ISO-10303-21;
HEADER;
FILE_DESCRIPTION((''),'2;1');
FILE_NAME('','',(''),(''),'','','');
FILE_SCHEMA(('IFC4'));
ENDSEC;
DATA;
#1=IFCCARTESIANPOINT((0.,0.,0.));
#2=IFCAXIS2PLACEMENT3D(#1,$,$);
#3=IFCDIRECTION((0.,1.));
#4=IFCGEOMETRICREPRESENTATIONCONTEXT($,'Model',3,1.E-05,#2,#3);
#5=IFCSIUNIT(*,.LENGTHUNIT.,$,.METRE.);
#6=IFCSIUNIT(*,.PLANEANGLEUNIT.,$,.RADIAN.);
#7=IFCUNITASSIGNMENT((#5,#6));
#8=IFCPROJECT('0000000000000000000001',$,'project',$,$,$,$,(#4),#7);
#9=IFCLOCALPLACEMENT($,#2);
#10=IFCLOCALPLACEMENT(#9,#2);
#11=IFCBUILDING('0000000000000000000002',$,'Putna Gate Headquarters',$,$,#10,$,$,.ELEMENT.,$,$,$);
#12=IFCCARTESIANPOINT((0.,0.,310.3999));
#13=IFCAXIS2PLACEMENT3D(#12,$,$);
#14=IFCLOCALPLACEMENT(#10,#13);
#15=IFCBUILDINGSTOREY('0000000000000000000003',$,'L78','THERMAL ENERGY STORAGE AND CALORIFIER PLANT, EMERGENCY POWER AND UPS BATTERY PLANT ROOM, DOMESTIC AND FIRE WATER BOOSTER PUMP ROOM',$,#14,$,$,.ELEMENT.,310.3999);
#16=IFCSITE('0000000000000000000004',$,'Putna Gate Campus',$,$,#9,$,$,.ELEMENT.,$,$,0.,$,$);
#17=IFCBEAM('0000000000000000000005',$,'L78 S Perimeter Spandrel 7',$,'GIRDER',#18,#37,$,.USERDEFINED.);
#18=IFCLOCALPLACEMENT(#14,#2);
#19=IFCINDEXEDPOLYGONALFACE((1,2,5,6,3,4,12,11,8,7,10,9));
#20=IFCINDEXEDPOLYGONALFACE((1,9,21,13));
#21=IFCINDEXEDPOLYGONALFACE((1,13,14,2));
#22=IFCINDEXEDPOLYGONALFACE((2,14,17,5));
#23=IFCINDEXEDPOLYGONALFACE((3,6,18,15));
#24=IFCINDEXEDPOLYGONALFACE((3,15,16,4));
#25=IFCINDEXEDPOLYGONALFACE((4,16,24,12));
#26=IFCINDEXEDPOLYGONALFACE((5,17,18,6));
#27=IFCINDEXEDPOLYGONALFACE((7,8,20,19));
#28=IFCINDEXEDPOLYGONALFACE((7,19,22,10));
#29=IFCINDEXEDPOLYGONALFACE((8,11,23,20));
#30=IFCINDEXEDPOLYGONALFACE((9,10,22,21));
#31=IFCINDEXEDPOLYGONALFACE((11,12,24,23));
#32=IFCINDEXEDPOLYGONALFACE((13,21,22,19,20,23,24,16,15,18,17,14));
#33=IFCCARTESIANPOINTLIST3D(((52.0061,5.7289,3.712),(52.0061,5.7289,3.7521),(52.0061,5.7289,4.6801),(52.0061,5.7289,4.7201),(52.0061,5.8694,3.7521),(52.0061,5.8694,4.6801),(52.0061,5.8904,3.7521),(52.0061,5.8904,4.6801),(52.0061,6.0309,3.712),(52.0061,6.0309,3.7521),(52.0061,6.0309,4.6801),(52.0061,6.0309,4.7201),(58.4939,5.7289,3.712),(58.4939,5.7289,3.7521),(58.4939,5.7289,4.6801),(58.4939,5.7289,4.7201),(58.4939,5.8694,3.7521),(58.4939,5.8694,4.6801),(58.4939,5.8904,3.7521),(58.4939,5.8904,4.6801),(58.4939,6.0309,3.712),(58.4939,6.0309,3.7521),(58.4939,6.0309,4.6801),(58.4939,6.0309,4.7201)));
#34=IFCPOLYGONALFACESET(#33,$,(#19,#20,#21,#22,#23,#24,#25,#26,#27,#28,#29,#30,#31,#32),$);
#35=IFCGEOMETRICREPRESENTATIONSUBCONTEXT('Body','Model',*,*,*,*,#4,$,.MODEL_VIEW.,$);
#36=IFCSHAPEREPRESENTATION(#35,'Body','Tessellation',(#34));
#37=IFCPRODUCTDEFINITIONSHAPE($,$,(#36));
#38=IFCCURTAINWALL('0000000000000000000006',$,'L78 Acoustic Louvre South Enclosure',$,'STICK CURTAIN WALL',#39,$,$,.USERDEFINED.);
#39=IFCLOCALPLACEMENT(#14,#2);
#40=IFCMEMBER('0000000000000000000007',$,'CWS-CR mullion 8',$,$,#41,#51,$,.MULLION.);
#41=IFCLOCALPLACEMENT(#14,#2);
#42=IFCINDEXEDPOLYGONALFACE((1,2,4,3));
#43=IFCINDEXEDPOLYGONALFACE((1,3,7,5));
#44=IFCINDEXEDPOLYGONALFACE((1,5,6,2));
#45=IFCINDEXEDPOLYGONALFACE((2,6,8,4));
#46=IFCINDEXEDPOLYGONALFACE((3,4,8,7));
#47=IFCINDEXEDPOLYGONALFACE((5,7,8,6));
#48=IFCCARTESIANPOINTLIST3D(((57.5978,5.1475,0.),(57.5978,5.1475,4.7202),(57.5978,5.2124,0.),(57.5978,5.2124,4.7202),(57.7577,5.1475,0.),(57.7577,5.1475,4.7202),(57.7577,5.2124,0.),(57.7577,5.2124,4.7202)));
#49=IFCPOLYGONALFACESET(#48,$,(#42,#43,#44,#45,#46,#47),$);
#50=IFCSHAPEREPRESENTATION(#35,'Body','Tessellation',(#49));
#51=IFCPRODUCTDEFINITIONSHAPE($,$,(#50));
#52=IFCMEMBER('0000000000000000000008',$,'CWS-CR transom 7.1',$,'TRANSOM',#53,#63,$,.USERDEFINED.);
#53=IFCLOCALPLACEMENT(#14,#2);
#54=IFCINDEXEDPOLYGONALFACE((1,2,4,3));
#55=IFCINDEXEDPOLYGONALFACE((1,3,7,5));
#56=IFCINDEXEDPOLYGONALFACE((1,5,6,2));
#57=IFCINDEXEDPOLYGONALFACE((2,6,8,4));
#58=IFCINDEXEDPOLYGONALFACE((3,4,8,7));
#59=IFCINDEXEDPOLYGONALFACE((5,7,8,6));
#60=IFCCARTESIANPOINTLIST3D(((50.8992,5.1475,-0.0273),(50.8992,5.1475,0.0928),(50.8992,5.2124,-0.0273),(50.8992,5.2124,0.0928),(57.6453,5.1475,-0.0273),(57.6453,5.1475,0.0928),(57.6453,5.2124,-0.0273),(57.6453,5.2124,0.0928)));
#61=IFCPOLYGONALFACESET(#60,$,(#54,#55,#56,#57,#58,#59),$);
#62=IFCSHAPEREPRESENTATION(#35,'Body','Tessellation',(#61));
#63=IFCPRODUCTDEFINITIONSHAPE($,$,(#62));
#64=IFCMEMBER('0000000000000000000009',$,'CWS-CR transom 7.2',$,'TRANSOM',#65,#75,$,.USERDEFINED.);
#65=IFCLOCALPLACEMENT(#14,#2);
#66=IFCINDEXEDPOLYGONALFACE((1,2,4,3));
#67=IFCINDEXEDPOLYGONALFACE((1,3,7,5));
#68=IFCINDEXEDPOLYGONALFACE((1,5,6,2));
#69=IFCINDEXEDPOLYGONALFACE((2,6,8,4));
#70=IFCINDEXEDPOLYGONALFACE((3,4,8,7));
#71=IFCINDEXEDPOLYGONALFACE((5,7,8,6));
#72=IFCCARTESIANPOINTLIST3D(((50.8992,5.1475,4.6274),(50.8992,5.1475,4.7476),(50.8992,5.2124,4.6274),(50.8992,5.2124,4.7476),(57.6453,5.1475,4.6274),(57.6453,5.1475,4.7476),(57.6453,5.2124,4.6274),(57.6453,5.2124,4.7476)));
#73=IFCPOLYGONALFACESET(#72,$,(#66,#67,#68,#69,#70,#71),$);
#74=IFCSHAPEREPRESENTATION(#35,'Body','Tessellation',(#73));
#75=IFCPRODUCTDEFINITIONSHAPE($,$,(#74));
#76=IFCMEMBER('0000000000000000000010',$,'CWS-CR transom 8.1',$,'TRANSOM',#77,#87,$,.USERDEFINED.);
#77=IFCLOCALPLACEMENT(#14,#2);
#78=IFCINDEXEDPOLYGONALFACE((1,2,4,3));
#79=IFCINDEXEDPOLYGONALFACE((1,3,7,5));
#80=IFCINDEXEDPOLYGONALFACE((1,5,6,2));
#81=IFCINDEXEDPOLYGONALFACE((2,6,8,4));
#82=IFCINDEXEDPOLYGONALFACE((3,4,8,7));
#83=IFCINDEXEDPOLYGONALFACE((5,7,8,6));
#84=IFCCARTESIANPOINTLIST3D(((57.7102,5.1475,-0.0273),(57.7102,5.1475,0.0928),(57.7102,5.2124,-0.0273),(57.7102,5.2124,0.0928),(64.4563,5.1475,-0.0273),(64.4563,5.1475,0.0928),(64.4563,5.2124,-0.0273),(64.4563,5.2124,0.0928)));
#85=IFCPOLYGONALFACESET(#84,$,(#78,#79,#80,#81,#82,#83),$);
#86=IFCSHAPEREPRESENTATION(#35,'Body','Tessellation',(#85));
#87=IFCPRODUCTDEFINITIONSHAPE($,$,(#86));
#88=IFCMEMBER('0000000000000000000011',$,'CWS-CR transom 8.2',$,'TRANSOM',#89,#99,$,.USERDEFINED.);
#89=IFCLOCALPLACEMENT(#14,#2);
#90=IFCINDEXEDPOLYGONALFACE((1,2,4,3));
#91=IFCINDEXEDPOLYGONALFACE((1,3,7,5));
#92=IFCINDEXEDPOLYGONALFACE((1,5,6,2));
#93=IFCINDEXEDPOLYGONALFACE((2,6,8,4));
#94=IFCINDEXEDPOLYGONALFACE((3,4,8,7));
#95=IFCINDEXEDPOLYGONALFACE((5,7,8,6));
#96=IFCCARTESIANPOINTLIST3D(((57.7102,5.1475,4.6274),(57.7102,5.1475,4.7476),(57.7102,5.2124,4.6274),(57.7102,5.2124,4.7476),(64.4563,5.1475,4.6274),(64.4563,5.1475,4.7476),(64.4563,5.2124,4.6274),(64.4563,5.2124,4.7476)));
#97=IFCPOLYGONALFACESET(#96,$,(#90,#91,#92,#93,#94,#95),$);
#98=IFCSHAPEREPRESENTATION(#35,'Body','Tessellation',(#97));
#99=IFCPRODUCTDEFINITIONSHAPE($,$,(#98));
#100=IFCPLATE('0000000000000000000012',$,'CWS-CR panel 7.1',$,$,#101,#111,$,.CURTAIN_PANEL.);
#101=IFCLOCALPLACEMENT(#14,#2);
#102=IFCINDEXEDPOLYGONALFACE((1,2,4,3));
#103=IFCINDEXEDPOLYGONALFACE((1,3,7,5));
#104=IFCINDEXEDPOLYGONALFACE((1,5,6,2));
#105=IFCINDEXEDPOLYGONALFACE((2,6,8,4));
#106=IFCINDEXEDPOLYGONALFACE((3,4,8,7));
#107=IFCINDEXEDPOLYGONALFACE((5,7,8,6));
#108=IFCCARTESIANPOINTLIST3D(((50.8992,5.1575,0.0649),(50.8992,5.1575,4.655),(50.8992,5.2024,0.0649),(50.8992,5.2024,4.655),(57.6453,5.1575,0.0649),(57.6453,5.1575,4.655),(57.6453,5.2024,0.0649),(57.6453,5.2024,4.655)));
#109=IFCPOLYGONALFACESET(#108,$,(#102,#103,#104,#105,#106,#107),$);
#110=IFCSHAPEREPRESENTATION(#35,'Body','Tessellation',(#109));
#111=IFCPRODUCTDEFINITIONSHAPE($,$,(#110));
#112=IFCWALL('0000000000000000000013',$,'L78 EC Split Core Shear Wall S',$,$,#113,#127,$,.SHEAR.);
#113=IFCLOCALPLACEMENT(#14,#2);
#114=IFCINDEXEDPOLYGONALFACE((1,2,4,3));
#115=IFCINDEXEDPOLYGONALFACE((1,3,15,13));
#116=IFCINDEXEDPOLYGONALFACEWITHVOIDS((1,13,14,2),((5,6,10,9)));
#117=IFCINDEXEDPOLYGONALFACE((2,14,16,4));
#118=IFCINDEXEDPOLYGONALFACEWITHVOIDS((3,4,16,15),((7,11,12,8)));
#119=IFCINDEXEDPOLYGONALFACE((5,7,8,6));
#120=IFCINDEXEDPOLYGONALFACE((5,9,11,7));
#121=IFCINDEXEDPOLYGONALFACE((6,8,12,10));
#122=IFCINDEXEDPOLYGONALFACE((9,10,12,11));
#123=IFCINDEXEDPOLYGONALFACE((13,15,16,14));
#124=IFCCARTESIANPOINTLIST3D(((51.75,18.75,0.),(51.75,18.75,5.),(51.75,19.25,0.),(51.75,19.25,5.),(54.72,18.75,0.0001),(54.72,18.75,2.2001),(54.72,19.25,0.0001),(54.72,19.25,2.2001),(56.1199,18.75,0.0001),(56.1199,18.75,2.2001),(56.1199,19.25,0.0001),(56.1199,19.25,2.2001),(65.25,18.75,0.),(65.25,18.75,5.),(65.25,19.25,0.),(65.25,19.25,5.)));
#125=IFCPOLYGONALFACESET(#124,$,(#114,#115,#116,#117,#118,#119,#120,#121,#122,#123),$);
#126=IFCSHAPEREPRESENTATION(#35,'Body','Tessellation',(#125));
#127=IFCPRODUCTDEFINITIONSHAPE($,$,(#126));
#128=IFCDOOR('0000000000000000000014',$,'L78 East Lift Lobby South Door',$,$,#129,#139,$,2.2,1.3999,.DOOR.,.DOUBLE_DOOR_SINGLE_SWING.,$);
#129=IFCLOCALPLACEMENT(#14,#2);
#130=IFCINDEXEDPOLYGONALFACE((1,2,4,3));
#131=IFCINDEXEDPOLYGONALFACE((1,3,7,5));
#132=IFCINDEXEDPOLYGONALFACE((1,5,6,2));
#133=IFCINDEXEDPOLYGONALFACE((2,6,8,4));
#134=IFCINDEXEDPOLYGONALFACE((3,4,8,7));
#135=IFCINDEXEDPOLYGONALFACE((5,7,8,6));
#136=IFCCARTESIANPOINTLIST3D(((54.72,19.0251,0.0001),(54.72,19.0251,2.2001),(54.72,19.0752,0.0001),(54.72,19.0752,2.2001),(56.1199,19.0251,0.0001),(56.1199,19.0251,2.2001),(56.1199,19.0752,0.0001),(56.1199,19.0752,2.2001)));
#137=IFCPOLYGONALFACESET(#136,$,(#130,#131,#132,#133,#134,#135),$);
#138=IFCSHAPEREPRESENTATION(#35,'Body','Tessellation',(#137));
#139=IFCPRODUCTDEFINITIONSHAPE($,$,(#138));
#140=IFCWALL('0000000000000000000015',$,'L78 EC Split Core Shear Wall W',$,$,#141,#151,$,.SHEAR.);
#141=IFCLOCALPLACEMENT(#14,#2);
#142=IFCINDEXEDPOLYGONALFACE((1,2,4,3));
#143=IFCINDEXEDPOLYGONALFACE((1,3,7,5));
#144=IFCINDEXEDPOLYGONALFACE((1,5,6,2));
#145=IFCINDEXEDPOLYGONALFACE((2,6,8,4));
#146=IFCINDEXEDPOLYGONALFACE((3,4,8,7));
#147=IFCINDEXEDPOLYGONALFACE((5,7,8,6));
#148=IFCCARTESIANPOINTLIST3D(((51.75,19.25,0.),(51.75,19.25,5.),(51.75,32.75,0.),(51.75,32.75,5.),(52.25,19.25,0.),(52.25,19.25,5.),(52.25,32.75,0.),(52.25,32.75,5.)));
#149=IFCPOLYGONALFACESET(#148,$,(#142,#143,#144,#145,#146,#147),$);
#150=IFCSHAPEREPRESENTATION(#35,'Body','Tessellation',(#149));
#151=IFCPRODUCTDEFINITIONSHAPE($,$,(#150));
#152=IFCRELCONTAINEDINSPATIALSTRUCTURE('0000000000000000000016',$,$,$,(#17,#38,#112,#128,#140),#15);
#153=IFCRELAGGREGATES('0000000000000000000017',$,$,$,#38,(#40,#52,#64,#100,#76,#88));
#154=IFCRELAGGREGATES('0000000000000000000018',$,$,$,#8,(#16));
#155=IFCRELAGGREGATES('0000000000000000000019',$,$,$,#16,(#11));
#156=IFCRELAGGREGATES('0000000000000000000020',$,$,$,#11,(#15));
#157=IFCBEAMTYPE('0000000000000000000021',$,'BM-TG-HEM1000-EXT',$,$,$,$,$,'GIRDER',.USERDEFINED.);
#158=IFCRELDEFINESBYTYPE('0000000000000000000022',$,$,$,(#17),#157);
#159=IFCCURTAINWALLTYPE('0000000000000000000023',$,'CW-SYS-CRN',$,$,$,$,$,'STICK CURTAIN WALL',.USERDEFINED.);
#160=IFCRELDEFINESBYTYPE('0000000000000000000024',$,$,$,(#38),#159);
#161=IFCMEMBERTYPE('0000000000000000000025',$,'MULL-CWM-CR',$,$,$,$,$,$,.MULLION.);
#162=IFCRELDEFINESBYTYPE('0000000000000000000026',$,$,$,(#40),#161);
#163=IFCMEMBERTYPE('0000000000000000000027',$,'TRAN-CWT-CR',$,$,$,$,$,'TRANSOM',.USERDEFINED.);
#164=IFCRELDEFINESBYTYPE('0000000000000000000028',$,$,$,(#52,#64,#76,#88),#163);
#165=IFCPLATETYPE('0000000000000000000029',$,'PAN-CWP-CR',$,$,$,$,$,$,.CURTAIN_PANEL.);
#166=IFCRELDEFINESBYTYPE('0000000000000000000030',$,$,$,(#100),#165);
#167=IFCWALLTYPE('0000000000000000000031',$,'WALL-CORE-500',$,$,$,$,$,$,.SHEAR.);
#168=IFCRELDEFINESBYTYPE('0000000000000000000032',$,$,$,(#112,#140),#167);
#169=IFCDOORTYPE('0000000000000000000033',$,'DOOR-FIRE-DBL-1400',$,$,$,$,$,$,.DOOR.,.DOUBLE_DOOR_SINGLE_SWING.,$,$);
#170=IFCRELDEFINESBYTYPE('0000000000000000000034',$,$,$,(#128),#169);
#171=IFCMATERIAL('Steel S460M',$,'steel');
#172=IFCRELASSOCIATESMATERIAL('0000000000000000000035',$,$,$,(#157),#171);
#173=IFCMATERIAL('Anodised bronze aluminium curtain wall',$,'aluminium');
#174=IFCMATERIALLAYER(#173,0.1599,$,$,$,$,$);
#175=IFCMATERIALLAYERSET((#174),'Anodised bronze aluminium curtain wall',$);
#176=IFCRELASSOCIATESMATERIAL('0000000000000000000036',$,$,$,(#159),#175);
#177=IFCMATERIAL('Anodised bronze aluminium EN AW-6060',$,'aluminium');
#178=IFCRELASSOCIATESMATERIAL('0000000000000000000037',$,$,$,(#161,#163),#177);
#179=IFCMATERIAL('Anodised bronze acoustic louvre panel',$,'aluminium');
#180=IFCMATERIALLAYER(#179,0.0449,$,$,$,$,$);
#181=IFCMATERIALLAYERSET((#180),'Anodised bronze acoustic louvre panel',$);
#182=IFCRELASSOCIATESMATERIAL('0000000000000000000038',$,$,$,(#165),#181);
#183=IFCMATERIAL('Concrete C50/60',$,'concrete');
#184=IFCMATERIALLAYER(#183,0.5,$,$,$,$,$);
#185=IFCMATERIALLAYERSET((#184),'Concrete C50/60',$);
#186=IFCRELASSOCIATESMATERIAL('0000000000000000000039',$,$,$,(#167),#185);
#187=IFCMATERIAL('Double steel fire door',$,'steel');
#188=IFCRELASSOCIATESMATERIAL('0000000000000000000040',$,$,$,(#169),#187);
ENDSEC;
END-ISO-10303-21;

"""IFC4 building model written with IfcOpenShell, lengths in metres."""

from ifc_helpers import new_model, si_unit, direction, frame, frame_2d, origin, origin_2d, place, context, subcontext, project, spatial, rectangle, i_section, extrude, material, layer, layer_set, material_profile, profile_set, type_object, element, fill, aggregate, save


model = new_model("IFC4")

# Units and contexts
model_context = context("Model", 3, precision=1e-05, world=origin(), true_north=direction((0.0, 1.0)))
body_context = subcontext(model_context, "Body", "Model", "MODEL_VIEW")
ifc_project = project(units=[si_unit("LENGTHUNIT", "METRE"), si_unit("PLANEANGLEUNIT", "RADIAN")], contexts=[model_context])

# Site, building, storey
site_placement = place(None, origin())
site = spatial("IfcSite", under=ifc_project, at=site_placement, Name="Putna Gate Campus", CompositionType="ELEMENT", RefElevation=0.0)
building_placement = place(site_placement, origin())
building = spatial("IfcBuilding", under=site, at=building_placement, Name="Putna Gate Headquarters", CompositionType="ELEMENT")
storey_placement = place(building_placement, frame((0.0, 0.0, 310.3999)))
storey = spatial("IfcBuildingStorey", under=building, at=storey_placement, Name="L78", Description="THERMAL ENERGY STORAGE AND CALORIFIER PLANT, EMERGENCY POWER AND UPS BATTERY PLANT ROOM, DOMESTIC AND FIRE WATER BOOSTER PUMP ROOM", CompositionType="ELEMENT", Elevation=310.3999)

# Shared definitions
ifc_material_1 = material(Name="Steel S460M", Category="steel")

# Beam
ifc_material_profile_1 = material_profile(ifc_material_1, i_section(OverallWidth=0.302, OverallDepth=1.0081, WebThickness=0.021, FlangeThickness=0.04, at=origin_2d()), Name="Steel S460M")
ifc_profile_set_1 = profile_set([ifc_material_profile_1], Name="Steel S460M")
beam_type_1 = type_object("IfcBeamType", Name="BM-TG-HEM1000-EXT", ElementType="GIRDER", PredefinedType="USERDEFINED", material=ifc_profile_set_1)
beam_1_placement = place(storey_placement, frame((52.0061, 5.8799, 4.2161), z_axis=(1.0, 0.0, 0.0), x_axis=(0.0, 1.0, 0.0)))
element("IfcBeam", 1, at=beam_1_placement, inside=storey, type_object=beam_type_1, Name="L78 S Perimeter Spandrel 7", ObjectType="GIRDER", PredefinedType="USERDEFINED", context=body_context, shape_type="SweptSolid", body=[
    extrude(i_section(OverallWidth=0.302, OverallDepth=1.0081, WebThickness=0.021, FlangeThickness=0.04, at=origin_2d()), origin(), (0.0, 0.0, 1.0), 6.4878),
])

# Curtain wall, members, plate
ifc_material_2 = material(Name="Anodised bronze aluminium curtain wall", Category="aluminium")
ifc_layer_1 = layer(ifc_material_2, 0.1599)
ifc_layer_set_1 = layer_set([ifc_layer_1], Name="Anodised bronze aluminium curtain wall")
curtain_wall_type = type_object("IfcCurtainWallType", Name="CW-SYS-CRN", ElementType="STICK CURTAIN WALL", PredefinedType="USERDEFINED", material=ifc_layer_set_1)
curtain_wall_placement = place(storey_placement, origin())
curtain_wall = element("IfcCurtainWall", 2, at=curtain_wall_placement, inside=storey, type_object=curtain_wall_type, Name="L78 Acoustic Louvre South Enclosure", ObjectType="STICK CURTAIN WALL", PredefinedType="USERDEFINED")
ifc_material_3 = material(Name="Anodised bronze aluminium EN AW-6060", Category="aluminium")
ifc_material_profile_2 = material_profile(ifc_material_3, rectangle(XDim=0.0649, YDim=0.1599, at=origin_2d()), Name="Anodised bronze aluminium EN AW-6060")
ifc_profile_set_2 = profile_set([ifc_material_profile_2], Name="Anodised bronze aluminium EN AW-6060")
member_type_1 = type_object("IfcMemberType", Name="MULL-CWM-CR", PredefinedType="MULLION", material=ifc_profile_set_2)
member_1_placement = place(storey_placement, frame((57.6777, 5.1799, 0.0), z_axis=(0.0, 0.0, 1.0), x_axis=(0.0, 1.0, 0.0)))
member_1 = element("IfcMember", 3, at=member_1_placement, type_object=member_type_1, Name="CWS-CR mullion 8", PredefinedType="MULLION", context=body_context, shape_type="SweptSolid", body=[
    extrude(rectangle(XDim=0.0649, YDim=0.1599, at=origin_2d()), origin(), (0.0, 0.0, 1.0), 4.7202),
])
ifc_material_profile_3 = material_profile(ifc_material_3, rectangle(XDim=0.0649, YDim=0.1201, at=origin_2d()), Name="Anodised bronze aluminium EN AW-6060")
ifc_profile_set_3 = profile_set([ifc_material_profile_3], Name="Anodised bronze aluminium EN AW-6060")
member_type_2 = type_object("IfcMemberType", Name="TRAN-CWT-CR", ElementType="TRANSOM", PredefinedType="USERDEFINED", material=ifc_profile_set_3)
member_2_placement = place(storey_placement, frame((50.8992, 5.1799, 0.0327), z_axis=(1.0, 0.0, 0.0), x_axis=(0.0, 1.0, 0.0)))
member_2 = element("IfcMember", 4, at=member_2_placement, type_object=member_type_2, Name="CWS-CR transom 7.1", ObjectType="TRANSOM", PredefinedType="USERDEFINED", context=body_context, shape_type="SweptSolid", body=[
    extrude(rectangle(XDim=0.0649, YDim=0.1201, at=origin_2d()), origin(), (0.0, 0.0, 1.0), 6.7461),
])
member_3_placement = place(storey_placement, frame((50.8992, 5.1799, 4.6875), z_axis=(1.0, 0.0, 0.0), x_axis=(0.0, 1.0, 0.0)))
member_3 = element("IfcMember", 5, at=member_3_placement, type_object=member_type_2, Name="CWS-CR transom 7.2", ObjectType="TRANSOM", PredefinedType="USERDEFINED", context=body_context, shape_type="SweptSolid", body=[
    extrude(rectangle(XDim=0.0649, YDim=0.1201, at=origin_2d()), origin(), (0.0, 0.0, 1.0), 6.7461),
])
member_4_placement = place(storey_placement, frame((57.7102, 5.1799, 0.0327), z_axis=(1.0, 0.0, 0.0), x_axis=(0.0, 1.0, 0.0)))
member_4 = element("IfcMember", 6, at=member_4_placement, type_object=member_type_2, Name="CWS-CR transom 8.1", ObjectType="TRANSOM", PredefinedType="USERDEFINED", context=body_context, shape_type="SweptSolid", body=[
    extrude(rectangle(XDim=0.0649, YDim=0.1201, at=origin_2d()), origin(), (0.0, 0.0, 1.0), 6.7461),
])
member_5_placement = place(storey_placement, frame((57.7102, 5.1799, 4.6875), z_axis=(1.0, 0.0, 0.0), x_axis=(0.0, 1.0, 0.0)))
member_5 = element("IfcMember", 7, at=member_5_placement, type_object=member_type_2, Name="CWS-CR transom 8.2", ObjectType="TRANSOM", PredefinedType="USERDEFINED", context=body_context, shape_type="SweptSolid", body=[
    extrude(rectangle(XDim=0.0649, YDim=0.1201, at=origin_2d()), origin(), (0.0, 0.0, 1.0), 6.7461),
])
ifc_material_4 = material(Name="Anodised bronze acoustic louvre panel", Category="aluminium")
ifc_layer_2 = layer(ifc_material_4, 0.0449)
ifc_layer_set_2 = layer_set([ifc_layer_2], Name="Anodised bronze acoustic louvre panel")
plate_type = type_object("IfcPlateType", Name="PAN-CWP-CR", PredefinedType="CURTAIN_PANEL", material=ifc_layer_set_2)
plate_placement = place(storey_placement, frame((54.2722, 5.1799, 0.0649), z_axis=(0.0, 0.0, 1.0), x_axis=(1.0, 0.0, 0.0)))
plate = element("IfcPlate", 8, at=plate_placement, type_object=plate_type, Name="CWS-CR panel 7.1", PredefinedType="CURTAIN_PANEL", context=body_context, shape_type="SweptSolid", body=[
    extrude(rectangle(XDim=6.7461, YDim=0.0449, at=origin_2d()), origin(), (0.0, 0.0, 1.0), 4.5901),
])
aggregate(curtain_wall, [member_1, member_2, member_3, plate, member_4, member_5])

# Wall, opening, door
ifc_material_5 = material(Name="Concrete C50/60", Category="concrete")
ifc_layer_3 = layer(ifc_material_5, 0.5)
ifc_layer_set_3 = layer_set([ifc_layer_3], Name="Concrete C50/60")
wall_type_1 = type_object("IfcWallType", Name="WALL-CORE-500", PredefinedType="SHEAR", material=ifc_layer_set_3)
wall_1_placement = place(storey_placement, frame((51.75, 19.0, 0.0), z_axis=(0.0, 0.0, 1.0), x_axis=(1.0, 0.0, 0.0)))
wall_1 = element("IfcWall", 9, at=wall_1_placement, inside=storey, type_object=wall_type_1, Name="L78 EC Split Core Shear Wall S", PredefinedType="SHEAR", context=body_context, shape_type="SweptSolid", body=[
    extrude(rectangle(XDim=13.5, YDim=0.5, at=frame_2d((6.75, 0.0))), origin(), (0.0, 0.0, 1.0), 5.0),
])
opening_1_placement = place(wall_1_placement, frame((2.97, 0.0, 0.0)))
opening_1 = element("IfcOpeningElement", 10, at=opening_1_placement, cuts=wall_1, PredefinedType="OPENING", context=body_context, shape_type="SweptSolid", body=[
    extrude(rectangle(XDim=1.3999, YDim=2.2, at=frame_2d((0.7, 1.1001))), frame((0.0, 0.26, 0.0), z_axis=(0.0, -1.0, 0.0), x_axis=(1.0, 0.0, 0.0)), (0.0, 0.0, 1.0), 0.52),
])
ifc_material_6 = material(Name="Double steel fire door", Category="steel")
door_type_1 = type_object("IfcDoorType", Name="DOOR-FIRE-DBL-1400", OperationType="DOUBLE_DOOR_SINGLE_SWING", PredefinedType="DOOR", material=ifc_material_6)
door_1_placement = place(opening_1_placement, origin())
door_1 = element("IfcDoor", 11, at=door_1_placement, inside=storey, type_object=door_type_1, Name="L78 East Lift Lobby South Door", OperationType="DOUBLE_DOOR_SINGLE_SWING", OverallHeight=2.2, OverallWidth=1.3999, PredefinedType="DOOR", context=body_context, shape_type="SweptSolid", body=[
    extrude(rectangle(XDim=1.3999, YDim=2.2, at=frame_2d((0.7, 1.1001))), frame((0.0, 0.0752, 0.0), z_axis=(0.0, -1.0, 0.0), x_axis=(1.0, 0.0, 0.0)), (0.0, 0.0, 1.0), 0.05),
])
fill(opening_1, door_1)

# Wall
wall_2_placement = place(storey_placement, frame((52.0, 19.25, 0.0), z_axis=(0.0, 0.0, 1.0), x_axis=(0.0, 1.0, 0.0)))
element("IfcWall", 12, at=wall_2_placement, inside=storey, type_object=wall_type_1, Name="L78 EC Split Core Shear Wall W", PredefinedType="SHEAR", context=body_context, shape_type="SweptSolid", body=[
    extrude(rectangle(XDim=13.5, YDim=0.5, at=frame_2d((6.75, 0.0))), origin(), (0.0, 0.0, 1.0), 5.0),
])

save(model, "model.ifc")
